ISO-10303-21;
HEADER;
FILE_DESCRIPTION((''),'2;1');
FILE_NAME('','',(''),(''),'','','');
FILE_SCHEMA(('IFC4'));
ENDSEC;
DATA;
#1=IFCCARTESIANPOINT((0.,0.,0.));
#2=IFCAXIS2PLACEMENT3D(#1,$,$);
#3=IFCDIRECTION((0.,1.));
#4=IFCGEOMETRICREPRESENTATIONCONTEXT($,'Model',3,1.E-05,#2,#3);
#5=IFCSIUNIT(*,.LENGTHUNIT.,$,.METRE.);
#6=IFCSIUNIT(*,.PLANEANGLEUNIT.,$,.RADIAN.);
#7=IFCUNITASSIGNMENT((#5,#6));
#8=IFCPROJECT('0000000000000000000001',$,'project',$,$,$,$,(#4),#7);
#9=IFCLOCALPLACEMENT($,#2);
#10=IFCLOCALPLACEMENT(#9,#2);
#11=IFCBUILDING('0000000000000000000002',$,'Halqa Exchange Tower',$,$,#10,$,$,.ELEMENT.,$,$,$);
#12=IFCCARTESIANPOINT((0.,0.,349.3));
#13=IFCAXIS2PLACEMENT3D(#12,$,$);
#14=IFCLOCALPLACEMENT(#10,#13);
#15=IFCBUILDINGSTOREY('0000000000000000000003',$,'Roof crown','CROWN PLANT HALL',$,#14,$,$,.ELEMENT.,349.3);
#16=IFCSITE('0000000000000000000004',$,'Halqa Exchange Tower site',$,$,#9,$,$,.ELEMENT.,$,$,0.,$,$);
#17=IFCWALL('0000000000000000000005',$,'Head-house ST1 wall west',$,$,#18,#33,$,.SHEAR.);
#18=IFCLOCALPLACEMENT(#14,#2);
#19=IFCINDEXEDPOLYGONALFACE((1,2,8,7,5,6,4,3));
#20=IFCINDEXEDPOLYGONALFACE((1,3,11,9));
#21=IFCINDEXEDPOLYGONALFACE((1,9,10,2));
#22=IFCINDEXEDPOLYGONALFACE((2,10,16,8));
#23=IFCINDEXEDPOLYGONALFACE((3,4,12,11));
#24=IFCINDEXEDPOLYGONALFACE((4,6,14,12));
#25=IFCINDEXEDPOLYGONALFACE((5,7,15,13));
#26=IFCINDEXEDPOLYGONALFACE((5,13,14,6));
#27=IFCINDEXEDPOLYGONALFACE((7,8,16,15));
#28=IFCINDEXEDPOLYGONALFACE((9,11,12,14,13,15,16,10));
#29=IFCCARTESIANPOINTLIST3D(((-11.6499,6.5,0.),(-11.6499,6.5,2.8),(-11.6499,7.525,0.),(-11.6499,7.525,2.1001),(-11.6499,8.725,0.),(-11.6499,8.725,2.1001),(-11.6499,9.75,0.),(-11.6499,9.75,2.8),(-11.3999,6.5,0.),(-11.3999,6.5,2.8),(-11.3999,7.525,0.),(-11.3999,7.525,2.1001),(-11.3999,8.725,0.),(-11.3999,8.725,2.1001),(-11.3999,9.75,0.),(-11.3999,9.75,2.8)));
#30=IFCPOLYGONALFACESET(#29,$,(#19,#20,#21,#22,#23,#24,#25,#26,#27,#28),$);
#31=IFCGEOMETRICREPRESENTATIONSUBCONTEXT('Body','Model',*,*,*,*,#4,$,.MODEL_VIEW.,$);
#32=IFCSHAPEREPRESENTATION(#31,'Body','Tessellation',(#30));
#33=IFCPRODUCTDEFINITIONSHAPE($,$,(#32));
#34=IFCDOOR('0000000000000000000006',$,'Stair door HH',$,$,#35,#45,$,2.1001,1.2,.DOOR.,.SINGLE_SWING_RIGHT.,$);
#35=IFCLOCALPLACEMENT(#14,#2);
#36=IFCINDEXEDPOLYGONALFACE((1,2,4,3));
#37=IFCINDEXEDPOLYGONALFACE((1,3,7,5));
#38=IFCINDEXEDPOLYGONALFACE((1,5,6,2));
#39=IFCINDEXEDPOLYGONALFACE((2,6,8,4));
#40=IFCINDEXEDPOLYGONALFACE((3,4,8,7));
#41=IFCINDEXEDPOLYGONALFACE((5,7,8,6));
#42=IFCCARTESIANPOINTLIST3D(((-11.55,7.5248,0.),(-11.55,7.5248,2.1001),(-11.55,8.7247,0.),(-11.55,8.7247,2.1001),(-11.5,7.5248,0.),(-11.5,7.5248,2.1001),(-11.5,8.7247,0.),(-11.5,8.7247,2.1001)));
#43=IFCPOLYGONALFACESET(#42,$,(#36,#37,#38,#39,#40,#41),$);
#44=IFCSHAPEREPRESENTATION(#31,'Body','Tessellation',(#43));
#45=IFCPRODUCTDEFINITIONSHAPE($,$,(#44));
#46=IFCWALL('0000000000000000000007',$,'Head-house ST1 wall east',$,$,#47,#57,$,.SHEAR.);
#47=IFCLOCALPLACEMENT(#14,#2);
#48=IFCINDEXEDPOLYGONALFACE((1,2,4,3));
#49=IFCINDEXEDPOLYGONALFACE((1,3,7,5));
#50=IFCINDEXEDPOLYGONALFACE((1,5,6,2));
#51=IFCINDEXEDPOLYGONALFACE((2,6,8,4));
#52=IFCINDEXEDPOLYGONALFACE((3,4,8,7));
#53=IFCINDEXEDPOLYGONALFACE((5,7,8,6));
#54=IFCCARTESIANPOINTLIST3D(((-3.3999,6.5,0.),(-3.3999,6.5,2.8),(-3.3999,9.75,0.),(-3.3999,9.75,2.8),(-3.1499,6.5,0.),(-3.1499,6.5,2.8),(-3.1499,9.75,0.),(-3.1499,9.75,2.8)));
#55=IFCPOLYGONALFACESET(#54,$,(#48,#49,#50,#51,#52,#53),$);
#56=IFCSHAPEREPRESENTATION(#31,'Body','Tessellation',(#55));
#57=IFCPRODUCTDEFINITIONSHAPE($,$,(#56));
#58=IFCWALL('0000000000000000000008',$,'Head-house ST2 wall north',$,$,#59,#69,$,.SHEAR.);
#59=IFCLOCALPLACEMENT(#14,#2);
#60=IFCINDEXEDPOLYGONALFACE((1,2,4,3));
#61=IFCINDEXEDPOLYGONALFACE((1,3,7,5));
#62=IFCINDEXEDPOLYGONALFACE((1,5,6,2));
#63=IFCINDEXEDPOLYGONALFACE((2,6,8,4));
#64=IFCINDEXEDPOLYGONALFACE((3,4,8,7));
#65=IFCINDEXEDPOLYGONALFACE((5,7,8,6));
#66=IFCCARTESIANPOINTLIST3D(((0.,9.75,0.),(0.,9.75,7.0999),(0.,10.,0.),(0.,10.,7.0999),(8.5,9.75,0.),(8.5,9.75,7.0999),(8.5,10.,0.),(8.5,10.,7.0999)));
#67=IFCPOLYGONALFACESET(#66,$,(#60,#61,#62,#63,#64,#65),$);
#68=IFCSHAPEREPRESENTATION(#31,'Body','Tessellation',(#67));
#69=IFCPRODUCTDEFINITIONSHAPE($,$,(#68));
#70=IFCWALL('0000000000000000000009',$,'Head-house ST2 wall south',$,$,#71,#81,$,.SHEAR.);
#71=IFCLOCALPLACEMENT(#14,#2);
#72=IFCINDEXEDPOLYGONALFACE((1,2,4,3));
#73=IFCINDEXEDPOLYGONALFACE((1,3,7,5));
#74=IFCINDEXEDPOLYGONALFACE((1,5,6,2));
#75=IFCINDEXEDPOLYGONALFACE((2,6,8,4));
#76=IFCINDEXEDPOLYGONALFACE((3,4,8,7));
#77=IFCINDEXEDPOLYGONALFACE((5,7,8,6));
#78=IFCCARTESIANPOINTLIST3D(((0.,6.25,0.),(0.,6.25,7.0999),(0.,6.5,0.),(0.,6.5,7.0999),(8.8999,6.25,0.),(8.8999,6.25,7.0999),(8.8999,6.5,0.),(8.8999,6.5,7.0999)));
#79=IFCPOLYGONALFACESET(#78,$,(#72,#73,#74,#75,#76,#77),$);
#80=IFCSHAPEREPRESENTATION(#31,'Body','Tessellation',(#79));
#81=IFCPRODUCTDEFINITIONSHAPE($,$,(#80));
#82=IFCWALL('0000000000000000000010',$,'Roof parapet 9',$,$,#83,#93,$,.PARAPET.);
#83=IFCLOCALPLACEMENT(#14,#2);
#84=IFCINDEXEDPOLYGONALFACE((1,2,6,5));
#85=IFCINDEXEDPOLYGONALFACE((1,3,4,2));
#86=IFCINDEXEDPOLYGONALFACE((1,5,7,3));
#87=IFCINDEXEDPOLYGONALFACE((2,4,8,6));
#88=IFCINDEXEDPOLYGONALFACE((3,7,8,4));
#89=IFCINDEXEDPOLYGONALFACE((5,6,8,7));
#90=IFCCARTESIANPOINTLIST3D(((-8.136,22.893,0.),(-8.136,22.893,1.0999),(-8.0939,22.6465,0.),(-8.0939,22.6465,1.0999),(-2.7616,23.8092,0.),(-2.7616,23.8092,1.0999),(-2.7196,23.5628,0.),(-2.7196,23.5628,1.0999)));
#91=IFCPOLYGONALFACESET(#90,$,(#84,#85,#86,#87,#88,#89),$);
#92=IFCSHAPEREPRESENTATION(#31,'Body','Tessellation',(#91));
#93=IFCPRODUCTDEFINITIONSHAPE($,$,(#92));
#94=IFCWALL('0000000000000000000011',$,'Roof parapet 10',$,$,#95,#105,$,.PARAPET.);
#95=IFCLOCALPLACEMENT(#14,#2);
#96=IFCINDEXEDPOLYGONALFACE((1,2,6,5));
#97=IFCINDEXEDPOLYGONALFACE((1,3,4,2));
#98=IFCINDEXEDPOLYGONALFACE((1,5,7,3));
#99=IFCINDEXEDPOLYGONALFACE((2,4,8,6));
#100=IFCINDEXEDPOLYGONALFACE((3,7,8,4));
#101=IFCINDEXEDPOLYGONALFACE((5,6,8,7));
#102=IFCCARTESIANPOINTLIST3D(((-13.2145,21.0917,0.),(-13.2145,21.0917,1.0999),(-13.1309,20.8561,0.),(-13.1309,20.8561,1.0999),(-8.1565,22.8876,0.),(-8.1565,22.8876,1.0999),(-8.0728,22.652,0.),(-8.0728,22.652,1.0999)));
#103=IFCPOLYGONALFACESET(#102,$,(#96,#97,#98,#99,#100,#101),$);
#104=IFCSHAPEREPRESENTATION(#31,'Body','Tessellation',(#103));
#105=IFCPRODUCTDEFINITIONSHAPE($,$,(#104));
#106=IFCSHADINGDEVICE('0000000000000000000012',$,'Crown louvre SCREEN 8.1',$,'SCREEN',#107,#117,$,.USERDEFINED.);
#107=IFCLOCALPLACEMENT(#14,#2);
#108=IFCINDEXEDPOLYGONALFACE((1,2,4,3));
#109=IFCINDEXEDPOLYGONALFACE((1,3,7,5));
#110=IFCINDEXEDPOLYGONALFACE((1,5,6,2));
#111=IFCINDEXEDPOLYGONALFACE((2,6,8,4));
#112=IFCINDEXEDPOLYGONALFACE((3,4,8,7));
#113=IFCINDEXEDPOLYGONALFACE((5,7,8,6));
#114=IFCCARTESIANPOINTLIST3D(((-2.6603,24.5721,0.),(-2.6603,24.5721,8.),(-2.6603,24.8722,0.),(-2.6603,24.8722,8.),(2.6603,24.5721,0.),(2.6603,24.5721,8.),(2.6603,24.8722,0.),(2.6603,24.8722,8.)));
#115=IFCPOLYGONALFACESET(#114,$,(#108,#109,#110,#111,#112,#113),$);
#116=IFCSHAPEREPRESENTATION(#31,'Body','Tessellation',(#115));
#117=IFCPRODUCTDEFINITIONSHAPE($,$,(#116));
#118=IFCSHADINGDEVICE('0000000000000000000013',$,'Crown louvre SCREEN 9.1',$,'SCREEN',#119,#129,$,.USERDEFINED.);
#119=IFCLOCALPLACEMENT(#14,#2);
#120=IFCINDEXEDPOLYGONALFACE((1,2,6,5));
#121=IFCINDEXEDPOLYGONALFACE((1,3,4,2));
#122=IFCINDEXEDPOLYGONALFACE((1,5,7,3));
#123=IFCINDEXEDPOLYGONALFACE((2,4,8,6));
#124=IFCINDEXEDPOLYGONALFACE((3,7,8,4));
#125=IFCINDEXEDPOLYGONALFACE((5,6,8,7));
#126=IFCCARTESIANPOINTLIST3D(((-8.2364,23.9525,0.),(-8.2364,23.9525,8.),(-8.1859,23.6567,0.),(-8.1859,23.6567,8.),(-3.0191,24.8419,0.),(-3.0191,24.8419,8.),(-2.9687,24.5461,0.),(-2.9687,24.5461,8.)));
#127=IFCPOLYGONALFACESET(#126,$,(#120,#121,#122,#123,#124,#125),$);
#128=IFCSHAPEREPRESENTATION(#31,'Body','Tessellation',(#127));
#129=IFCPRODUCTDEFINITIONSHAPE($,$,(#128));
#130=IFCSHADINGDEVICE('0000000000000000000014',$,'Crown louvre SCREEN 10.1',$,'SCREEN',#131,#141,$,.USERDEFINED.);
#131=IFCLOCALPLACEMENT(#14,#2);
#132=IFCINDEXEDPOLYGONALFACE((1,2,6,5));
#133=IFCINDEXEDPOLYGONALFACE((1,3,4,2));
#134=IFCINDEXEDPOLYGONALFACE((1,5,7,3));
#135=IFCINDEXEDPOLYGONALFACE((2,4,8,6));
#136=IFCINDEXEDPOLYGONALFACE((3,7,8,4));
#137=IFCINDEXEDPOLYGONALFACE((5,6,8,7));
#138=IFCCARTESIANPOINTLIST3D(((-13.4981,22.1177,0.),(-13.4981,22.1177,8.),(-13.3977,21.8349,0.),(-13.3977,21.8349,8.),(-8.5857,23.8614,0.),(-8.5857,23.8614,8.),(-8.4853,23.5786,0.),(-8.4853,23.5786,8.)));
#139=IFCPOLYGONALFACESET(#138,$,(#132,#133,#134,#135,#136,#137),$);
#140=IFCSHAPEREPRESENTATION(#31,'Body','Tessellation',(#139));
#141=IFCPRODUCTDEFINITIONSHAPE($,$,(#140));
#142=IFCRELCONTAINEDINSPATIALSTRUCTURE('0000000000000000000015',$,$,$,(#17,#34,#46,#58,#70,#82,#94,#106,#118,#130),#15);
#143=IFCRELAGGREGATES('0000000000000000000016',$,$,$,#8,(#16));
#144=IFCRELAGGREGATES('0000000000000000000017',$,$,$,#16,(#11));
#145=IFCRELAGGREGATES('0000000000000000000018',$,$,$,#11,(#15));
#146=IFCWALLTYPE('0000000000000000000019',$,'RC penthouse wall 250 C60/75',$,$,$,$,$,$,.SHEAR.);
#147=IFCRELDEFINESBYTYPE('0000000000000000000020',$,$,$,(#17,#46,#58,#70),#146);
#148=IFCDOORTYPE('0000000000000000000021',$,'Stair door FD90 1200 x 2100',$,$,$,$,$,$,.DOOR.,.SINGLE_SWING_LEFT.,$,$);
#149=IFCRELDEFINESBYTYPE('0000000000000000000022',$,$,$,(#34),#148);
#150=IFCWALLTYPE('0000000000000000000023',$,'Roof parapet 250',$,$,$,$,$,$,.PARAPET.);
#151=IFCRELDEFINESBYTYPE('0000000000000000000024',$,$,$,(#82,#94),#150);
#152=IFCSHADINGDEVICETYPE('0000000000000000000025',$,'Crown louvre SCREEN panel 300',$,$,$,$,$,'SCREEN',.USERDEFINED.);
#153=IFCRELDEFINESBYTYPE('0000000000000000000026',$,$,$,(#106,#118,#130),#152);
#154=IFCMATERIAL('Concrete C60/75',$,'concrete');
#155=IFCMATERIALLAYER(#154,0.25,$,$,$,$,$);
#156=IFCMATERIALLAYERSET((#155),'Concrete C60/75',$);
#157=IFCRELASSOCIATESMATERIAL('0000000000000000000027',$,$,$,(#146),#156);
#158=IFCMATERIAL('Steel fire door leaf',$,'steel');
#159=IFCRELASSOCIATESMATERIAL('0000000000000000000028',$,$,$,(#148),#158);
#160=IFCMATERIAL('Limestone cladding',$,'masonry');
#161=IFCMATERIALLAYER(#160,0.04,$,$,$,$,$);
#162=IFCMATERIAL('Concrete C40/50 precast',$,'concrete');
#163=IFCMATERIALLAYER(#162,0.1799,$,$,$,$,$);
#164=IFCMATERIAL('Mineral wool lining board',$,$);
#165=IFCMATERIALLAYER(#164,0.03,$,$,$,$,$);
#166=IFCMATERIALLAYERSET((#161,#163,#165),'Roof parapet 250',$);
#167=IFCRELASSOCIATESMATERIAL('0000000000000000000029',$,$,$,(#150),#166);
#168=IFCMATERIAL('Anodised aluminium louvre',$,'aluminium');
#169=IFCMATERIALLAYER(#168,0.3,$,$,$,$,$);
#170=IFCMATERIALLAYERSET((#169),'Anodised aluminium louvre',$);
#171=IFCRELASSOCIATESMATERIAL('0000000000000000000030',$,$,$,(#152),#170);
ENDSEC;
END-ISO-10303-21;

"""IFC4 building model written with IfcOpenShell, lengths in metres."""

from ifc_helpers import new_model, si_unit, direction, frame, frame_2d, origin, origin_2d, place, context, subcontext, project, spatial, rectangle, extrude, material, layer, layer_set, type_object, element, fill, save


model = new_model("IFC4")

# Units and contexts
model_context = context("Model", 3, precision=1e-05, world=origin(), true_north=direction((0.0, 1.0)))
body_context = subcontext(model_context, "Body", "Model", "MODEL_VIEW")
ifc_project = project(units=[si_unit("LENGTHUNIT", "METRE"), si_unit("PLANEANGLEUNIT", "RADIAN")], contexts=[model_context])

# Site, building, storey
site_placement = place(None, origin())
site = spatial("IfcSite", under=ifc_project, at=site_placement, Name="Halqa Exchange Tower site", CompositionType="ELEMENT", RefElevation=0.0)
building_placement = place(site_placement, origin())
building = spatial("IfcBuilding", under=site, at=building_placement, Name="Halqa Exchange Tower", CompositionType="ELEMENT")
storey_placement = place(building_placement, frame((0.0, 0.0, 349.3)))
storey = spatial("IfcBuildingStorey", under=building, at=storey_placement, Name="Roof crown", Description="CROWN PLANT HALL", CompositionType="ELEMENT", Elevation=349.3)

# Shared definitions
ifc_material_1 = material(Name="Concrete C60/75", Category="concrete")

# Shared definitions
ifc_layer_1 = layer(ifc_material_1, 0.25)
ifc_layer_set_1 = layer_set([ifc_layer_1], Name="Concrete C60/75")
wall_type_1 = type_object("IfcWallType", Name="RC penthouse wall 250 C60/75", PredefinedType="SHEAR", material=ifc_layer_set_1)

# Wall, opening, door
wall_1_placement = place(storey_placement, frame((-11.5249, 6.5, 0.0), z_axis=(0.0, 0.0, 1.0), x_axis=(0.0, 1.0, 0.0)))
wall_1 = element("IfcWall", 1, at=wall_1_placement, inside=storey, type_object=wall_type_1, Name="Head-house ST1 wall west", PredefinedType="SHEAR", context=body_context, shape_type="SweptSolid", body=[
    extrude(rectangle(XDim=3.25, YDim=0.25, at=frame_2d((1.625, 0.0))), origin(), (0.0, 0.0, 1.0), 2.8),
])
opening_placement = place(wall_1_placement, frame((1.0249, 0.0, 0.0)))
opening = element("IfcOpeningElement", 2, at=opening_placement, cuts=wall_1, PredefinedType="OPENING", context=body_context, shape_type="SweptSolid", body=[
    extrude(rectangle(XDim=1.2, YDim=2.1001, at=frame_2d((0.6001, 1.05))), frame((0.0, 0.137, 0.0), z_axis=(0.0, -1.0, 0.0), x_axis=(1.0, 0.0, 0.0)), (0.0, 0.0, 1.0), 0.2739),
])
ifc_material_2 = material(Name="Steel fire door leaf", Category="steel")
door_type = type_object("IfcDoorType", Name="Stair door FD90 1200 x 2100", OperationType="SINGLE_SWING_LEFT", PredefinedType="DOOR", material=ifc_material_2)
door_placement = place(opening_placement, frame((1.2, 0.0, 0.0), z_axis=(0.0, 0.0, 1.0), x_axis=(-1.0, 0.0, 0.0)))
door = element("IfcDoor", 3, at=door_placement, inside=storey, type_object=door_type, Name="Stair door HH", OperationType="SINGLE_SWING_RIGHT", OverallHeight=2.1001, OverallWidth=1.2, PredefinedType="DOOR", context=body_context, shape_type="SweptSolid", body=[
    extrude(rectangle(XDim=1.2, YDim=2.1001, at=frame_2d((0.6001, 1.05))), frame((0.0, 0.0249, 0.0), z_axis=(0.0, -1.0, 0.0), x_axis=(1.0, 0.0, 0.0)), (0.0, 0.0, 1.0), 0.05),
])
fill(opening, door)

# Walls
wall_2_placement = place(storey_placement, frame((-3.2749, 6.5, 0.0), z_axis=(0.0, 0.0, 1.0), x_axis=(0.0, 1.0, 0.0)))
element("IfcWall", 4, at=wall_2_placement, inside=storey, type_object=wall_type_1, Name="Head-house ST1 wall east", PredefinedType="SHEAR", context=body_context, shape_type="SweptSolid", body=[
    extrude(rectangle(XDim=3.25, YDim=0.25, at=frame_2d((1.625, 0.0))), origin(), (0.0, 0.0, 1.0), 2.8),
])
wall_3_placement = place(storey_placement, frame((0.0, 9.875, 0.0), z_axis=(0.0, 0.0, 1.0), x_axis=(1.0, 0.0, 0.0)))
element("IfcWall", 5, at=wall_3_placement, inside=storey, type_object=wall_type_1, Name="Head-house ST2 wall north", PredefinedType="SHEAR", context=body_context, shape_type="SweptSolid", body=[
    extrude(rectangle(XDim=8.5, YDim=0.25, at=frame_2d((4.25, 0.0))), origin(), (0.0, 0.0, 1.0), 7.0999),
])
wall_4_placement = place(storey_placement, frame((0.0, 6.375, 0.0), z_axis=(0.0, 0.0, 1.0), x_axis=(1.0, 0.0, 0.0)))
element("IfcWall", 6, at=wall_4_placement, inside=storey, type_object=wall_type_1, Name="Head-house ST2 wall south", PredefinedType="SHEAR", context=body_context, shape_type="SweptSolid", body=[
    extrude(rectangle(XDim=8.8999, YDim=0.25, at=frame_2d((4.45, 0.0))), origin(), (0.0, 0.0, 1.0), 7.0999),
])
ifc_material_3 = material(Name="Limestone cladding", Category="masonry")
ifc_layer_2 = layer(ifc_material_3, 0.04)
ifc_material_4 = material(Name="Concrete C40/50 precast", Category="concrete")
ifc_layer_3 = layer(ifc_material_4, 0.1799)
ifc_material_5 = material(Name="Mineral wool lining board")
ifc_layer_4 = layer(ifc_material_5, 0.03)
ifc_layer_set_2 = layer_set([ifc_layer_2, ifc_layer_3, ifc_layer_4], Name="Roof parapet 250")
wall_type_2 = type_object("IfcWallType", Name="Roof parapet 250", PredefinedType="PARAPET", material=ifc_layer_set_2)
wall_5_placement = place(storey_placement, frame((-2.7405, 23.686, 0.0), z_axis=(0.0, 0.0, 1.0), x_axis=(-0.985776, -0.168065, 0.0)))
element("IfcWall", 7, at=wall_5_placement, inside=storey, type_object=wall_type_2, Name="Roof parapet 9", PredefinedType="PARAPET", context=body_context, shape_type="SweptSolid", body=[
    extrude(rectangle(XDim=5.4519, YDim=0.25, at=frame_2d((2.7261, 0.0))), origin(), (0.0, 0.0, 1.0), 1.0999),
])
wall_6_placement = place(storey_placement, frame((-8.1147, 22.7698, 0.0), z_axis=(0.0, 0.0, 1.0), x_axis=(-0.942364, -0.33459, 0.0)))
element("IfcWall", 8, at=wall_6_placement, inside=storey, type_object=wall_type_2, Name="Roof parapet 10", PredefinedType="PARAPET", context=body_context, shape_type="SweptSolid", body=[
    extrude(rectangle(XDim=5.3674, YDim=0.25, at=frame_2d((2.6836, 0.0))), origin(), (0.0, 0.0, 1.0), 1.0999),
])

# Shading devices
ifc_material_6 = material(Name="Anodised aluminium louvre", Category="aluminium")
ifc_layer_5 = layer(ifc_material_6, 0.3)
ifc_layer_set_3 = layer_set([ifc_layer_5], Name="Anodised aluminium louvre")
shading_device_type = type_object("IfcShadingDeviceType", Name="Crown louvre SCREEN panel 300", ElementType="SCREEN", PredefinedType="USERDEFINED", material=ifc_layer_set_3)
shading_device_1_placement = place(storey_placement, frame((0.0, 24.7222, 0.0), z_axis=(0.0, 0.0, 1.0), x_axis=(-1.0, 0.0, 0.0)))
element("IfcShadingDevice", 9, at=shading_device_1_placement, inside=storey, type_object=shading_device_type, Name="Crown louvre SCREEN 8.1", ObjectType="SCREEN", PredefinedType="USERDEFINED", context=body_context, shape_type="SweptSolid", body=[
    extrude(rectangle(XDim=5.3206, YDim=0.3, at=origin_2d()), origin(), (0.0, 0.0, 1.0), 8.0),
])
shading_device_2_placement = place(storey_placement, frame((-5.6025, 24.2493, 0.0), z_axis=(0.0, 0.0, 1.0), x_axis=(-0.985778, -0.168051, 0.0)))
element("IfcShadingDevice", 10, at=shading_device_2_placement, inside=storey, type_object=shading_device_type, Name="Crown louvre SCREEN 9.1", ObjectType="SCREEN", PredefinedType="USERDEFINED", context=body_context, shape_type="SweptSolid", body=[
    extrude(rectangle(XDim=5.2925, YDim=0.3, at=origin_2d()), origin(), (0.0, 0.0, 1.0), 8.0),
])
shading_device_3_placement = place(storey_placement, frame((-10.9917, 22.8481, 0.0), z_axis=(0.0, 0.0, 1.0), x_axis=(-0.942388, -0.334522, 0.0)))
element("IfcShadingDevice", 11, at=shading_device_3_placement, inside=storey, type_object=shading_device_type, Name="Crown louvre SCREEN 10.1", ObjectType="SCREEN", PredefinedType="USERDEFINED", context=body_context, shape_type="SweptSolid", body=[
    extrude(rectangle(XDim=5.2126, YDim=0.3, at=origin_2d()), origin(), (0.0, 0.0, 1.0), 8.0),
])

save(model, "model.ifc")
